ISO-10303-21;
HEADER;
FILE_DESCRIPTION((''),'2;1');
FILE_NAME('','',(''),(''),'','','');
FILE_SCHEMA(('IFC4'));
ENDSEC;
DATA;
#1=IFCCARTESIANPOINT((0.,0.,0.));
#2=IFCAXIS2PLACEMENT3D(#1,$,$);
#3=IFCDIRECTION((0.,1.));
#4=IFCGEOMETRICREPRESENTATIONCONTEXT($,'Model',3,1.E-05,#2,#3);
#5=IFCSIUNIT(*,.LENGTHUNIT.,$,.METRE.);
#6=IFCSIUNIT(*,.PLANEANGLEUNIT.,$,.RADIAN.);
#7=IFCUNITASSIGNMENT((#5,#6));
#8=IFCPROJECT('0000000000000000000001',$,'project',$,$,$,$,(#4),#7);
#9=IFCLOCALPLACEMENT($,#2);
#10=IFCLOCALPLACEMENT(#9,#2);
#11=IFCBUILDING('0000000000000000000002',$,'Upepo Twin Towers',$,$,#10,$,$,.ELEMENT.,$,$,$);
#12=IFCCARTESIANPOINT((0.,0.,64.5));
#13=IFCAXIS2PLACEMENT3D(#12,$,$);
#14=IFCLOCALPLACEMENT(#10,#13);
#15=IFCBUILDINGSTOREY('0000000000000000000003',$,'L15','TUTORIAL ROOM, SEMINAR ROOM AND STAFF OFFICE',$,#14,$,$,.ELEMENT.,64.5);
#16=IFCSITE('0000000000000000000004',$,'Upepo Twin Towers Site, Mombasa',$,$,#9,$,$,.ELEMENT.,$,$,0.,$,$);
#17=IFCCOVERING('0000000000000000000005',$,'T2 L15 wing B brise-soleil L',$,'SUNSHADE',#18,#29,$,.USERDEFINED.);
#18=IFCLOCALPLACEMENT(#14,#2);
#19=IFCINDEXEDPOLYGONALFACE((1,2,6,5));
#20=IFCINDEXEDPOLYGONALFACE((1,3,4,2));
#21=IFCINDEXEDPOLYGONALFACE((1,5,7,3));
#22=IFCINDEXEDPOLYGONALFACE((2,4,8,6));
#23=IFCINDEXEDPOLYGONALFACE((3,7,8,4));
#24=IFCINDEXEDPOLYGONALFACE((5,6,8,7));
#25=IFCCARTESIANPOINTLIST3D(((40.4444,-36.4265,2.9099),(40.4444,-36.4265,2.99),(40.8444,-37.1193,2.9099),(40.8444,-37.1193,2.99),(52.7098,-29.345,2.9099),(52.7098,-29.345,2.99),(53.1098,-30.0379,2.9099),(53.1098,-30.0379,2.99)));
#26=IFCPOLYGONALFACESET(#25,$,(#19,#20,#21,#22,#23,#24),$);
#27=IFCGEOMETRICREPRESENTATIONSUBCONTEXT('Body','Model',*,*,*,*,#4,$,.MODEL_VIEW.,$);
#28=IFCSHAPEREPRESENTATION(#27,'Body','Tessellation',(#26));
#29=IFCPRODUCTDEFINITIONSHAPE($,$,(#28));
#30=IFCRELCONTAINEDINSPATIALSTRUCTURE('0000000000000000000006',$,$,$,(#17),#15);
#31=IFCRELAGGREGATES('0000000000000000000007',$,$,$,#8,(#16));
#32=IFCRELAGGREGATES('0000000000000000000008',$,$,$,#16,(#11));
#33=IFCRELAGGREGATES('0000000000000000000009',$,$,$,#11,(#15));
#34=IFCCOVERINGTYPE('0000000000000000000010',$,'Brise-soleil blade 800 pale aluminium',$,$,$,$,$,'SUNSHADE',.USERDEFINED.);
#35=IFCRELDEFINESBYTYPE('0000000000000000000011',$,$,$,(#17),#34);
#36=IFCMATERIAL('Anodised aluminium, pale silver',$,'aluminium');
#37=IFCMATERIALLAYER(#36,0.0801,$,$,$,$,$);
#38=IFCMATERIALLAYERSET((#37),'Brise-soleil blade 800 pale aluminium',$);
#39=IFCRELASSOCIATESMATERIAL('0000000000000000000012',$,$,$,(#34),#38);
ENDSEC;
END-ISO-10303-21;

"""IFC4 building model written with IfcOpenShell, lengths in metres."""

from ifc_helpers import new_model, si_unit, direction, frame, origin, origin_2d, place, context, subcontext, project, spatial, rectangle, extrude, material, layer, layer_set, type_object, element, save


model = new_model("IFC4")

# Units and contexts
model_context = context("Model", 3, precision=1e-05, world=origin(), true_north=direction((0.0, 1.0)))
body_context = subcontext(model_context, "Body", "Model", "MODEL_VIEW")
ifc_project = project(units=[si_unit("LENGTHUNIT", "METRE"), si_unit("PLANEANGLEUNIT", "RADIAN")], contexts=[model_context])

# Site, building, storey
site_placement = place(None, origin())
site = spatial("IfcSite", under=ifc_project, at=site_placement, Name="Upepo Twin Towers Site, Mombasa", CompositionType="ELEMENT", RefElevation=0.0)
building_placement = place(site_placement, origin())
building = spatial("IfcBuilding", under=site, at=building_placement, Name="Upepo Twin Towers", CompositionType="ELEMENT")
storey_placement = place(building_placement, frame((0.0, 0.0, 64.5)))
storey = spatial("IfcBuildingStorey", under=building, at=storey_placement, Name="L15", Description="TUTORIAL ROOM, SEMINAR ROOM AND STAFF OFFICE", CompositionType="ELEMENT", Elevation=64.5)

# Covering
ifc_material_1 = material(Name="Anodised aluminium, pale silver", Category="aluminium")
ifc_layer_1 = layer(ifc_material_1, 0.0801)
ifc_layer_set_1 = layer_set([ifc_layer_1], Name="Brise-soleil blade 800 pale aluminium")
covering_type = type_object("IfcCoveringType", Name="Brise-soleil blade 800 pale aluminium", ElementType="SUNSHADE", PredefinedType="USERDEFINED", material=ifc_layer_set_1)
covering_placement = place(storey_placement, frame((46.7771, -33.2322, 2.9099), z_axis=(0.0, 0.0, 1.0), x_axis=(-0.866025, -0.5, 0.0)))
element("IfcCovering", 1, at=covering_placement, inside=storey, type_object=covering_type, Name="T2 L15 wing B brise-soleil L", ObjectType="SUNSHADE", PredefinedType="USERDEFINED", context=body_context, shape_type="SweptSolid", body=[
    extrude(rectangle(XDim=14.1628, YDim=0.8, at=origin_2d()), origin(), (0.0, 0.0, 1.0), 0.0801),
])

save(model, "model.ifc")
